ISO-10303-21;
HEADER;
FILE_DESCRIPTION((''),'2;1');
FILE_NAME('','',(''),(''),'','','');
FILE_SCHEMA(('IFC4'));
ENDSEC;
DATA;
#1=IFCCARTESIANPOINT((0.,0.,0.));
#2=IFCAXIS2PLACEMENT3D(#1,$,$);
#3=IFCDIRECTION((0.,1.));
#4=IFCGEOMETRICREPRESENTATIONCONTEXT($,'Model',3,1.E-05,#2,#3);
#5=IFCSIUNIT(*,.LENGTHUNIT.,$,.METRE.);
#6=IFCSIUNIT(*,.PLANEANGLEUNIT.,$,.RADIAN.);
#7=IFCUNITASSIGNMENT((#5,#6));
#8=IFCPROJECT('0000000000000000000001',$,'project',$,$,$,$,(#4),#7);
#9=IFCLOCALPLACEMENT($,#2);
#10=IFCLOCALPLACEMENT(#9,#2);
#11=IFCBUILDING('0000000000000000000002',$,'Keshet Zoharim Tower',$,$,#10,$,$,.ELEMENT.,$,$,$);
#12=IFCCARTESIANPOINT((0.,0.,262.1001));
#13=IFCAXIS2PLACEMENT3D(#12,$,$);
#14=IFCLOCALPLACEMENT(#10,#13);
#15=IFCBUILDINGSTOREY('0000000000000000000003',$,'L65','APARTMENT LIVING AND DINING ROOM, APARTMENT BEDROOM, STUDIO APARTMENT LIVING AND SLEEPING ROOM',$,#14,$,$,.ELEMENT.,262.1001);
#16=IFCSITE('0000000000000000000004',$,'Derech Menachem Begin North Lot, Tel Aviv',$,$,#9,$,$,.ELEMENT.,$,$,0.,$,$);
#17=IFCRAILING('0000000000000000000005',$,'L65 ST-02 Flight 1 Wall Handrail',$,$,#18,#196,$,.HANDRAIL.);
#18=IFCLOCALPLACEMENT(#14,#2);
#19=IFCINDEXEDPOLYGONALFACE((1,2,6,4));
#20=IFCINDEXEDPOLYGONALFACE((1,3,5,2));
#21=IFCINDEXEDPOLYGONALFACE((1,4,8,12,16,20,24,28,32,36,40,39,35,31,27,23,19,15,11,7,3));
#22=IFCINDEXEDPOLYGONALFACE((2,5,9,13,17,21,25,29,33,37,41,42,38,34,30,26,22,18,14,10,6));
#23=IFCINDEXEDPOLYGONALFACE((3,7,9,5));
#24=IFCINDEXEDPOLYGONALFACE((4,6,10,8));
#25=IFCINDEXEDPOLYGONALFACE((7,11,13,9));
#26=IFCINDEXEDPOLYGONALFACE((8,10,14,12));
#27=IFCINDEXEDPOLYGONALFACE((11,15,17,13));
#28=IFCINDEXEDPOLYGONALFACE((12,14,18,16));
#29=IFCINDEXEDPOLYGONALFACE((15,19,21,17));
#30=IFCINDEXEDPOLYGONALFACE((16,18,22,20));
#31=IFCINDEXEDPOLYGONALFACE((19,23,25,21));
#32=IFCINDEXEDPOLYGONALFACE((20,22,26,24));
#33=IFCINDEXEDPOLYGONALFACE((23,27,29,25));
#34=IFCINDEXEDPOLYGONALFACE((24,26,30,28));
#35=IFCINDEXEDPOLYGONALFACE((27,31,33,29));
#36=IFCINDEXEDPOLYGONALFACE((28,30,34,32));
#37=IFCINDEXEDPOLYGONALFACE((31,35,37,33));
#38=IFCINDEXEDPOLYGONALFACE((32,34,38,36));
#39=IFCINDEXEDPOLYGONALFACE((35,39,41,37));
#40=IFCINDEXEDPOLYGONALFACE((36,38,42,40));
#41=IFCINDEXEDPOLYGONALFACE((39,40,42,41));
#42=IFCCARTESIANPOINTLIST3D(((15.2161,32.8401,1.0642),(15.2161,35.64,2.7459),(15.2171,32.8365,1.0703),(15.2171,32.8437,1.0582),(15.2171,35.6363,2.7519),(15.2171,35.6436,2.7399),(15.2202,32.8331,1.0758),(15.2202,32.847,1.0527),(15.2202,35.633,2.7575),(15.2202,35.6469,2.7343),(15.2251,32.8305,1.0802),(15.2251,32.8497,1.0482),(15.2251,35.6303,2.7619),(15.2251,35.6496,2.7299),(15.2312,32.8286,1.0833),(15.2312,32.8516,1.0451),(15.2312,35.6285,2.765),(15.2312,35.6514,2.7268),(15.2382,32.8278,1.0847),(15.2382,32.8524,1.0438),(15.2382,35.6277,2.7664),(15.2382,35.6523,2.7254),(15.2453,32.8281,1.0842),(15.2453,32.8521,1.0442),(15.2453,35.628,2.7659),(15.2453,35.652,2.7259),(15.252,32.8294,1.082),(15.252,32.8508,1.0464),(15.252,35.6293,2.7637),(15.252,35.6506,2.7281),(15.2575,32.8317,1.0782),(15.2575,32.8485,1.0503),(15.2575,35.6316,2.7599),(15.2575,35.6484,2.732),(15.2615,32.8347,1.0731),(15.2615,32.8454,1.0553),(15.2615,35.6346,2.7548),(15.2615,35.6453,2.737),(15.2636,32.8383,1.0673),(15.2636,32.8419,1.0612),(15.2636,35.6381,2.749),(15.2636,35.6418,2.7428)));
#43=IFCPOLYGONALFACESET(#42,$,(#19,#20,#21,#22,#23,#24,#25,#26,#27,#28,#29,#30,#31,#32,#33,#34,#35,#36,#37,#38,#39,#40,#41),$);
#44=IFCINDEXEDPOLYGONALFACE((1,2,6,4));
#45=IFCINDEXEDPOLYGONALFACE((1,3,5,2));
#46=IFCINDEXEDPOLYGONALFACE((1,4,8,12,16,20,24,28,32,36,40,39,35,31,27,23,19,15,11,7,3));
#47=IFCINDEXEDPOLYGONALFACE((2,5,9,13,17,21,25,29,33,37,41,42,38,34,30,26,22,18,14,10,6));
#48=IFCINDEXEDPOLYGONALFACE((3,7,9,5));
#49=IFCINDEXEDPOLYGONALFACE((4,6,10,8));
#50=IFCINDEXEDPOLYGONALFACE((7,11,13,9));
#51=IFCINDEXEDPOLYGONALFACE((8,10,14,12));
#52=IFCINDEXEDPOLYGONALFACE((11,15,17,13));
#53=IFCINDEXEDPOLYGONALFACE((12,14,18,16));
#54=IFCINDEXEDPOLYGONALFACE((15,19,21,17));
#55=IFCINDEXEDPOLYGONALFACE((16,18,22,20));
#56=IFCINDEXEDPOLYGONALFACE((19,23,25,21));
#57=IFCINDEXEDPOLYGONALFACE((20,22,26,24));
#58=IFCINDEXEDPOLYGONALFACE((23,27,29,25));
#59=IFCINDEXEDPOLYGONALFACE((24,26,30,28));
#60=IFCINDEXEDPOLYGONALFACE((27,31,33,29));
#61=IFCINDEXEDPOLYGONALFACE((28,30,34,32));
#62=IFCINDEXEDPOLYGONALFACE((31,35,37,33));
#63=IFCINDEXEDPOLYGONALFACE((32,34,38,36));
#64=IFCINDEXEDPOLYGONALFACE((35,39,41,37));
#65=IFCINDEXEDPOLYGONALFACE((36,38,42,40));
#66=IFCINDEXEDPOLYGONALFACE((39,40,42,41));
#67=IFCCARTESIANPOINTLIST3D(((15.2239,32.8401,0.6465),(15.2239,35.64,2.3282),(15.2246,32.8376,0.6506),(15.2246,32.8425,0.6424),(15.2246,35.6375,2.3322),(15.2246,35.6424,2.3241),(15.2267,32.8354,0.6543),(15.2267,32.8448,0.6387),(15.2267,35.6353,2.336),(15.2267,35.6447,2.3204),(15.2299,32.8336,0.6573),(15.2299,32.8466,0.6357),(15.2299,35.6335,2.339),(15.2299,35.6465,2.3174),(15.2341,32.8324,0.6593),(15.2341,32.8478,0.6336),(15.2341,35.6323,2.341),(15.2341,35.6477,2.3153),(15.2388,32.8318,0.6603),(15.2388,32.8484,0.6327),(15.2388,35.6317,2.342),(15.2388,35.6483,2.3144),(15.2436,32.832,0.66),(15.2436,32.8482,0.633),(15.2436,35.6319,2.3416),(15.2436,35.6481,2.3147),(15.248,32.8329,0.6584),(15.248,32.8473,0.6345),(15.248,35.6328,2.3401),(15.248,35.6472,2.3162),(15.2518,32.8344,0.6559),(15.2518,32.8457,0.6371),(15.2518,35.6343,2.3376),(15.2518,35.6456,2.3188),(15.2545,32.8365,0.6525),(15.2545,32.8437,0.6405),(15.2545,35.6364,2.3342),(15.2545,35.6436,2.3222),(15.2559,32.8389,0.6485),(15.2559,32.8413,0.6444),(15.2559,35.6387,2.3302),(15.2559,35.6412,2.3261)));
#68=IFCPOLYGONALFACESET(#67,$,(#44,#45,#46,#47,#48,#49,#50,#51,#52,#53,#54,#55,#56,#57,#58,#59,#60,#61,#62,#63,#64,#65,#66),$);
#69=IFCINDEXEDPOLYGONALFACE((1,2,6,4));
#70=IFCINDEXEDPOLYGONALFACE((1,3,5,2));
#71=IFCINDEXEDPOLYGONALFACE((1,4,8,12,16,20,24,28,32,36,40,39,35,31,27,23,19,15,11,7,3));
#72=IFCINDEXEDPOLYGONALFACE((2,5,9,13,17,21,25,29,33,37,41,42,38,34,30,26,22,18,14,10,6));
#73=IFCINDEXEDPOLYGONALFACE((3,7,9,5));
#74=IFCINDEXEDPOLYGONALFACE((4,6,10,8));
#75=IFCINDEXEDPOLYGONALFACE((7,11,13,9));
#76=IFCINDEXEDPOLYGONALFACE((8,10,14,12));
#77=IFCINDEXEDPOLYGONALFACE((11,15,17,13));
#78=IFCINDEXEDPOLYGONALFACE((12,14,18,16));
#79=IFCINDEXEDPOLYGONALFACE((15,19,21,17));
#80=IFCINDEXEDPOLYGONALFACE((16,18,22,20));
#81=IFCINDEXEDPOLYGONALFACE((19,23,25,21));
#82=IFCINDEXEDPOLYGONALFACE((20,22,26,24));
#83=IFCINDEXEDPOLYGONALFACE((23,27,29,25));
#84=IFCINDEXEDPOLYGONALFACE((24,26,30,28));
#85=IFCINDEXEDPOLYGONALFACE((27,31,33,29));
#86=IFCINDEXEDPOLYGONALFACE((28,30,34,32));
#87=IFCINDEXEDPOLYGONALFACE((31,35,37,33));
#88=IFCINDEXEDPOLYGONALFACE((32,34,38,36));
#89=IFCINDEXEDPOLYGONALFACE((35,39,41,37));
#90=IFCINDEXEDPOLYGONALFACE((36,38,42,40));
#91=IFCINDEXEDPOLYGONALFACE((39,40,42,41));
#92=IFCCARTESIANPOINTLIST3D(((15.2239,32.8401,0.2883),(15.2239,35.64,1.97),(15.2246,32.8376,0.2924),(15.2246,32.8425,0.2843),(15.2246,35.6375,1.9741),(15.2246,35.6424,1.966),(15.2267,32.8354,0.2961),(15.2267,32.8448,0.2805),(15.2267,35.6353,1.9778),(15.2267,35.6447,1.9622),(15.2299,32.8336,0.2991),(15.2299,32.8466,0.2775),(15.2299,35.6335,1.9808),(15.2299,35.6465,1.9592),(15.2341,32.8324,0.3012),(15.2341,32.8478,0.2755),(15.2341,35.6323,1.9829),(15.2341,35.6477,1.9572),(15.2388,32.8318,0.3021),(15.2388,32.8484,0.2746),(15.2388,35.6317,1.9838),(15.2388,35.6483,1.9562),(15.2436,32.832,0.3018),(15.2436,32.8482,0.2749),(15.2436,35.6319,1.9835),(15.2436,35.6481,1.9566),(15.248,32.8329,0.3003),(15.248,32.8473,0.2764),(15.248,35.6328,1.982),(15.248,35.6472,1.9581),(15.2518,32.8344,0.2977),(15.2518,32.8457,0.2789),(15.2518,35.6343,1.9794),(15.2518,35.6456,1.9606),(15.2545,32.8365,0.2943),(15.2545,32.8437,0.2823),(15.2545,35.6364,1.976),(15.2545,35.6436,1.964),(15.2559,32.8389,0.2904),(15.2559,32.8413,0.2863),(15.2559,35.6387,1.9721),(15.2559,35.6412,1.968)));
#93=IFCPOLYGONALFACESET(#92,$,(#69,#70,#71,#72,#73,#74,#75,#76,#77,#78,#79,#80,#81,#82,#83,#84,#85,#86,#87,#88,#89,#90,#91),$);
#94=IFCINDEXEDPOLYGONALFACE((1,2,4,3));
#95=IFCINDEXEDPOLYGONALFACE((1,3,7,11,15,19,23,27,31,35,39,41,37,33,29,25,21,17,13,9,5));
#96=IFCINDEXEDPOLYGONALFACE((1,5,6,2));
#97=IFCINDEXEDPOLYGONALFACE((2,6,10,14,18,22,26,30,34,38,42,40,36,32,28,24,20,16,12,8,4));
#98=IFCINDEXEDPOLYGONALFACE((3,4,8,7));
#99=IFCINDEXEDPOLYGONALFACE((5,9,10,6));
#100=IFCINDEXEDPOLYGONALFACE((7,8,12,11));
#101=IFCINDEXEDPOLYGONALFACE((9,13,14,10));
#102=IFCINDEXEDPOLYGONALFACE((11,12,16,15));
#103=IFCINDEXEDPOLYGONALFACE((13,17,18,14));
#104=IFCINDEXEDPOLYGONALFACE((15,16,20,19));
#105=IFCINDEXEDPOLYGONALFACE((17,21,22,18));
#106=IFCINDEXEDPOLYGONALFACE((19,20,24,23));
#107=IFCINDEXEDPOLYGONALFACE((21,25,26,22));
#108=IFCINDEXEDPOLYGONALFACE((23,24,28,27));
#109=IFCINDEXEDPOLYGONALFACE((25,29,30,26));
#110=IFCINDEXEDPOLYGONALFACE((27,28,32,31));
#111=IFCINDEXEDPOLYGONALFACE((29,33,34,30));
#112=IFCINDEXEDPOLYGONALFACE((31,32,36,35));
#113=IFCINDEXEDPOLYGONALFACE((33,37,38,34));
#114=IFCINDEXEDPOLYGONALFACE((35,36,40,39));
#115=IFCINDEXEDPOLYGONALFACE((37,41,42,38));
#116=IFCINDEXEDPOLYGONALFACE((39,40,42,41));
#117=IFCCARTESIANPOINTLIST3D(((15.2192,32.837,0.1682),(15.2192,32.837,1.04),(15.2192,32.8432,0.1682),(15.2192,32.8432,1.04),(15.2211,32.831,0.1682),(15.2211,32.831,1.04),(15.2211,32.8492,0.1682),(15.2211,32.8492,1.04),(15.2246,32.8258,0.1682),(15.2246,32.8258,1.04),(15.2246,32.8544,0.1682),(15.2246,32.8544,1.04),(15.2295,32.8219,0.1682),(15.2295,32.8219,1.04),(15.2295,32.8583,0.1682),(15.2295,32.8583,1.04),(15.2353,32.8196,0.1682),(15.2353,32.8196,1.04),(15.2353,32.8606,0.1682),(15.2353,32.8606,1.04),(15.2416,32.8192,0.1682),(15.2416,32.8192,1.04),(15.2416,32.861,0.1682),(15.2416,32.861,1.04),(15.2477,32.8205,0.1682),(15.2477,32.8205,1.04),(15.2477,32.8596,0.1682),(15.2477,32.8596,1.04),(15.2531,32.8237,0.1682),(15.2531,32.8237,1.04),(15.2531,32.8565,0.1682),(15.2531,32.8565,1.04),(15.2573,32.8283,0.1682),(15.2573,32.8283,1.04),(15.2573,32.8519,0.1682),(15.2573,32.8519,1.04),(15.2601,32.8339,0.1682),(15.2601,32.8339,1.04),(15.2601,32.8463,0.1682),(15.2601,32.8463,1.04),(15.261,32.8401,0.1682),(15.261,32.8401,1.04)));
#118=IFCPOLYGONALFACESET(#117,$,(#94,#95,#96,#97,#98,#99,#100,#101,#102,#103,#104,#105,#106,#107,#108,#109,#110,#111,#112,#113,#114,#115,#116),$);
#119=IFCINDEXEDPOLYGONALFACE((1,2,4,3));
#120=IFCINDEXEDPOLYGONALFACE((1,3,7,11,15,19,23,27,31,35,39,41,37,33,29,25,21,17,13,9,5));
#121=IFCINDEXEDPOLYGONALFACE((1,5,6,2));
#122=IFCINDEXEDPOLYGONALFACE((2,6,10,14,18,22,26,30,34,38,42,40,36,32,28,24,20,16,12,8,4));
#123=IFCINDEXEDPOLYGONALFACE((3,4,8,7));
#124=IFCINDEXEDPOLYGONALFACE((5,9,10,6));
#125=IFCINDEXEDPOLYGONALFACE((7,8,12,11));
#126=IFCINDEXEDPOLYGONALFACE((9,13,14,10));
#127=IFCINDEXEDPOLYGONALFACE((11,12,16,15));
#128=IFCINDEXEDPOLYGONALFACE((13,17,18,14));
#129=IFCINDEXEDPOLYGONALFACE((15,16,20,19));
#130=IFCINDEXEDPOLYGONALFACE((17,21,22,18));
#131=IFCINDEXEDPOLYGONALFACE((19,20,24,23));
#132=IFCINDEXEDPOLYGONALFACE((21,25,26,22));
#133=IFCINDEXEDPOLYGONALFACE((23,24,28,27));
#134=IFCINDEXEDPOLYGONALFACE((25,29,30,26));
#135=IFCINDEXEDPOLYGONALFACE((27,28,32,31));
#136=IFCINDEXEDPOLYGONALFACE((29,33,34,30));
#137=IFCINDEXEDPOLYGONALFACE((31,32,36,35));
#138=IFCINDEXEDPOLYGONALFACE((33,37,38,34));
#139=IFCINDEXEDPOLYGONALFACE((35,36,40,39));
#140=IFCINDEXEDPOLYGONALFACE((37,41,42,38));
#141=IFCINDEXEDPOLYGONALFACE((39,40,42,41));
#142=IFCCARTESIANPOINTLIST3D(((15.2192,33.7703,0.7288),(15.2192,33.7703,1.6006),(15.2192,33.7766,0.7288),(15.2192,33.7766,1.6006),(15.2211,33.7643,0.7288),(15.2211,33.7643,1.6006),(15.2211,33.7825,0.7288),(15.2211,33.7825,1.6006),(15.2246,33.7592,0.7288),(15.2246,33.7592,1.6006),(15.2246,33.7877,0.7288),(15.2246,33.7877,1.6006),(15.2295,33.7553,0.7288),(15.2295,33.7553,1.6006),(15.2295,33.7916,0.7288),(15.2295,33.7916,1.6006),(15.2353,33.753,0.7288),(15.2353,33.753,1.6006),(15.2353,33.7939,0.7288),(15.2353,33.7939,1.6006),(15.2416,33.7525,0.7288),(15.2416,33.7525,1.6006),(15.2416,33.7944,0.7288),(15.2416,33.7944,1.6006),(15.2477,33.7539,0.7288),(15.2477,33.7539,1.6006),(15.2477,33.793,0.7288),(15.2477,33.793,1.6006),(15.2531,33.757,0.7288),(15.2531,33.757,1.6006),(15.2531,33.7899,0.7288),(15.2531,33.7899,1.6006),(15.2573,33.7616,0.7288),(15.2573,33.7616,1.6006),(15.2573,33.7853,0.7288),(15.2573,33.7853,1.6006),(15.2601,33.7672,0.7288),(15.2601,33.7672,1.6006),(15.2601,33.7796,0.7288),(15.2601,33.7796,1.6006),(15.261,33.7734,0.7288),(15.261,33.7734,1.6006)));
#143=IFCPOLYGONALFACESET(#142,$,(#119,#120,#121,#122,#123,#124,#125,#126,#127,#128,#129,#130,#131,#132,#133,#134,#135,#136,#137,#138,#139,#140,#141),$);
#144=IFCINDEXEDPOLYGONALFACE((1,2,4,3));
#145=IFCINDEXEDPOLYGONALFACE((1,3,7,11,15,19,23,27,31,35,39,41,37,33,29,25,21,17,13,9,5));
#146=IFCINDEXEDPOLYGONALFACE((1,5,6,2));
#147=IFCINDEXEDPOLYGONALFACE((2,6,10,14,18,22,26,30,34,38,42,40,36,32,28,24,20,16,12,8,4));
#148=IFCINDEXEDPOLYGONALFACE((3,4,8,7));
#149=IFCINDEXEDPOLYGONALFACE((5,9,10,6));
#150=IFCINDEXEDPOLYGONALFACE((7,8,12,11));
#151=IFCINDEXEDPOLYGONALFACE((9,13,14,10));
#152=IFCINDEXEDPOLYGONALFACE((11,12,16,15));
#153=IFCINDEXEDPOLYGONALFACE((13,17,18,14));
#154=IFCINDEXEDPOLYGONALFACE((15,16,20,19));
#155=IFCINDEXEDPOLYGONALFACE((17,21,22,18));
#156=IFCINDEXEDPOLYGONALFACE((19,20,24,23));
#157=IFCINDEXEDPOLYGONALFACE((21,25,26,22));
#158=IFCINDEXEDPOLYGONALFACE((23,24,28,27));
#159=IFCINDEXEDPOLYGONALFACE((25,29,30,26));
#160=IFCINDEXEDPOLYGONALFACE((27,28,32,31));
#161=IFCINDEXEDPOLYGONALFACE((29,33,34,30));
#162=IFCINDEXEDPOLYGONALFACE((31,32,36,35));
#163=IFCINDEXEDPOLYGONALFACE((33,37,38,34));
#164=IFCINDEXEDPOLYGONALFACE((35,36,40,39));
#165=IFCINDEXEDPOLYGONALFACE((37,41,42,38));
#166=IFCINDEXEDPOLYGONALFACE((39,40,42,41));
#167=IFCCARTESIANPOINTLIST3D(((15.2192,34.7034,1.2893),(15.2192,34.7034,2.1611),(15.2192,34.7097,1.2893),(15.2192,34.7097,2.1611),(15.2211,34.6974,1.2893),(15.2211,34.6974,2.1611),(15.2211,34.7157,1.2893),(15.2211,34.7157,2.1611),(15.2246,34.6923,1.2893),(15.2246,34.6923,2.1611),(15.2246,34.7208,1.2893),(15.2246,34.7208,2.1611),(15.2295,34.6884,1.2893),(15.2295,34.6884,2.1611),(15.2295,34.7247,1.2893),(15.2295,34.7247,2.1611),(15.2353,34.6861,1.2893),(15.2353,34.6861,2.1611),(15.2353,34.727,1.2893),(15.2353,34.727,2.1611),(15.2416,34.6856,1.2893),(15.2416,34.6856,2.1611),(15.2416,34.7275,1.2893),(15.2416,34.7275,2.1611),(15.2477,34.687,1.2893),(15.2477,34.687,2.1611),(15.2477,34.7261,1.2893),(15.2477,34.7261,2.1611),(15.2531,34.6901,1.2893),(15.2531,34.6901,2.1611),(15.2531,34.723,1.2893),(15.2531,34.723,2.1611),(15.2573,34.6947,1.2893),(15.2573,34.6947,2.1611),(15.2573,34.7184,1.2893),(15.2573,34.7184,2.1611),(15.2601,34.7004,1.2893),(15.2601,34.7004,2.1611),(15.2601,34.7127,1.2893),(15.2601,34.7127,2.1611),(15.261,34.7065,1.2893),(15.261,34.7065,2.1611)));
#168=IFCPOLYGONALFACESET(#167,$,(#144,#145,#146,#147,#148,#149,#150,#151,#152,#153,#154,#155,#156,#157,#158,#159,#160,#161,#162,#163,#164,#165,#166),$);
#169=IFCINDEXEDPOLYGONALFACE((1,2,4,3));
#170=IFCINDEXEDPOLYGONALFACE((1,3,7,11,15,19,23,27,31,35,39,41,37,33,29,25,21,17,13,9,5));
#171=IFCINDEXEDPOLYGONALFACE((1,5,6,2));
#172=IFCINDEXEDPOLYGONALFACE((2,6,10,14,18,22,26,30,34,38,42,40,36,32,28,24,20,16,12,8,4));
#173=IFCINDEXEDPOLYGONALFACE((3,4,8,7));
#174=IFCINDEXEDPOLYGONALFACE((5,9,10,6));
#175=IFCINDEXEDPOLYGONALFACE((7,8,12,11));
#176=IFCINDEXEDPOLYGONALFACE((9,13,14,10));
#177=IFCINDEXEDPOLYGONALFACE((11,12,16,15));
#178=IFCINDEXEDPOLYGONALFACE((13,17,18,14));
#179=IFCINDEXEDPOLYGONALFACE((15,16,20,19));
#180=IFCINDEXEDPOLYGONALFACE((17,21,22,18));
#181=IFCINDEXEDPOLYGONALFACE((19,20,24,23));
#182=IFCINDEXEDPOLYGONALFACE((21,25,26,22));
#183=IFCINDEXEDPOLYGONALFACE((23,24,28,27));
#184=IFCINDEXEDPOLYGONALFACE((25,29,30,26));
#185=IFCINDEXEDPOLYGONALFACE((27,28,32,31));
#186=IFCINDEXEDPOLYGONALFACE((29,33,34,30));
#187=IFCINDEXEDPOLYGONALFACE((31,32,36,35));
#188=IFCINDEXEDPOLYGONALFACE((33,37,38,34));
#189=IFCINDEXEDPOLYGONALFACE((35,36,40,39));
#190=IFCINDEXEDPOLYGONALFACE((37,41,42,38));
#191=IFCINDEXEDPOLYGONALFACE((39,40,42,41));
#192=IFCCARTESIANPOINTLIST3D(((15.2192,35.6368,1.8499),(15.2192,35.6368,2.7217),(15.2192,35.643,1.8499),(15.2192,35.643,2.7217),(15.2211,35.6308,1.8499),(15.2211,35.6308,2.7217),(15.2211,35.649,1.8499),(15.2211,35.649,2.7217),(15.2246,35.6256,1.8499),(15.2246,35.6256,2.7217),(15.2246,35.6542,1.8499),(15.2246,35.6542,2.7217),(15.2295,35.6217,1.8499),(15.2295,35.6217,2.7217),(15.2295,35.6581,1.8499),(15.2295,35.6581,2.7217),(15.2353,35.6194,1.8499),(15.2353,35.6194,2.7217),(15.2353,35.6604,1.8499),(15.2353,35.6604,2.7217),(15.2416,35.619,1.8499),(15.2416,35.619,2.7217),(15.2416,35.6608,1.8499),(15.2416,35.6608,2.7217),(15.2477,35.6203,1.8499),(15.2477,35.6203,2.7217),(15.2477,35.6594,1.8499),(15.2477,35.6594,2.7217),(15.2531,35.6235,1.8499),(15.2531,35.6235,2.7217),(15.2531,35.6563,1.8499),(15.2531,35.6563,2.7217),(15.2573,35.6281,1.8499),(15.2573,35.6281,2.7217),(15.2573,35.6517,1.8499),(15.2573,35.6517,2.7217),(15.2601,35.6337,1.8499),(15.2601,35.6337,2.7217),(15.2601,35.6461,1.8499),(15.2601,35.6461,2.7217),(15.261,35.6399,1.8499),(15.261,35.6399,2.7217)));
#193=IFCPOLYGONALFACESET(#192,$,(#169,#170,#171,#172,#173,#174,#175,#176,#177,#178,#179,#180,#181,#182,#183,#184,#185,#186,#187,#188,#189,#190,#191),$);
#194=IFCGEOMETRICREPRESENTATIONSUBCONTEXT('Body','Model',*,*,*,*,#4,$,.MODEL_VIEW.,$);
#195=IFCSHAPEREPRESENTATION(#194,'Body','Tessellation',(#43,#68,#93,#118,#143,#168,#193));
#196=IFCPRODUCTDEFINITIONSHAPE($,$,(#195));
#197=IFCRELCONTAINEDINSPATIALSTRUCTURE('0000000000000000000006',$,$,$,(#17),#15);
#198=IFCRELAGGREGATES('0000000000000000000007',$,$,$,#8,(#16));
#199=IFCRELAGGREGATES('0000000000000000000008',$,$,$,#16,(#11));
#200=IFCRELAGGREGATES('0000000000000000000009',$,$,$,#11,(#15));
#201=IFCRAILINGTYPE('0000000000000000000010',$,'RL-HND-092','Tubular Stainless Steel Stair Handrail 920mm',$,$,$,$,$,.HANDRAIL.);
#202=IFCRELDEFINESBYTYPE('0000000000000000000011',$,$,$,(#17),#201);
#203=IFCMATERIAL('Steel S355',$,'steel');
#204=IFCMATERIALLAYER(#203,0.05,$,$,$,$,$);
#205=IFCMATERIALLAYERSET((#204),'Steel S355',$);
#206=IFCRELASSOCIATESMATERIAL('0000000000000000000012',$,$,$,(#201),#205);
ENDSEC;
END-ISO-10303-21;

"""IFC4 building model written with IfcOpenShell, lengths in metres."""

from ifc_helpers import new_model, si_unit, direction, frame, origin, origin_2d, place, context, subcontext, project, spatial, circle, extrude, material, layer, layer_set, type_object, element, save


model = new_model("IFC4")

# Units and contexts
model_context = context("Model", 3, precision=1e-05, world=origin(), true_north=direction((0.0, 1.0)))
body_context = subcontext(model_context, "Body", "Model", "MODEL_VIEW")
ifc_project = project(units=[si_unit("LENGTHUNIT", "METRE"), si_unit("PLANEANGLEUNIT", "RADIAN")], contexts=[model_context])

# Site, building, storey
site_placement = place(None, origin())
site = spatial("IfcSite", under=ifc_project, at=site_placement, Name="Derech Menachem Begin North Lot, Tel Aviv", CompositionType="ELEMENT", RefElevation=0.0)
building_placement = place(site_placement, origin())
building = spatial("IfcBuilding", under=site, at=building_placement, Name="Keshet Zoharim Tower", CompositionType="ELEMENT")
storey_placement = place(building_placement, frame((0.0, 0.0, 262.1001)))
storey = spatial("IfcBuildingStorey", under=building, at=storey_placement, Name="L65", Description="APARTMENT LIVING AND DINING ROOM, APARTMENT BEDROOM, STUDIO APARTMENT LIVING AND SLEEPING ROOM", CompositionType="ELEMENT", Elevation=262.1001)

# Shared definitions
ifc_material_1 = material(Name="Steel S355", Category="steel")

# Railing
ifc_layer_1 = layer(ifc_material_1, 0.05)
ifc_layer_set_1 = layer_set([ifc_layer_1], Name="Steel S355")
railing_type_1 = type_object("IfcRailingType", Name="RL-HND-092", Description="Tubular Stainless Steel Stair Handrail 920mm", PredefinedType="HANDRAIL", material=ifc_layer_set_1)
railing_1_placement = place(storey_placement, frame((15.24, 32.8401, 0.1682)))
element("IfcRailing", 1, at=railing_1_placement, inside=storey, type_object=railing_type_1, Name="L65 ST-02 Flight 1 Wall Handrail", PredefinedType="HANDRAIL", context=body_context, shape_type="SweptSolid", body=[
    extrude(circle(Radius=0.0239, at=origin_2d()), frame((0.0, 0.0, 0.896), z_axis=(0.0, 0.857255, 0.514891), x_axis=(-1.0, 0.0, 0.0)), (0.0, 0.0, 1.0), 3.2661),
    extrude(circle(Radius=0.0161, at=origin_2d()), frame((0.0, 0.0, 0.4783), z_axis=(0.0, 0.857255, 0.514891), x_axis=(-1.0, 0.0, 0.0)), (0.0, 0.0, 1.0), 3.2661),
    extrude(circle(Radius=0.0161, at=origin_2d()), frame((0.0, 0.0, 0.1201), z_axis=(0.0, 0.857255, 0.514891), x_axis=(-1.0, 0.0, 0.0)), (0.0, 0.0, 1.0), 3.2661),
    extrude(circle(Radius=0.021, at=origin_2d()), origin(), (0.0, 0.0, 1.0), 0.8718),
    extrude(circle(Radius=0.021, at=origin_2d()), frame((0.0, 0.9333, 0.5605)), (0.0, 0.0, 1.0), 0.8718),
    extrude(circle(Radius=0.021, at=origin_2d()), frame((0.0, 1.8665, 1.1211)), (0.0, 0.0, 1.0), 0.8718),
    extrude(circle(Radius=0.021, at=origin_2d()), frame((0.0, 2.7998, 1.6816)), (0.0, 0.0, 1.0), 0.8718),
])

save(model, "model.ifc")
